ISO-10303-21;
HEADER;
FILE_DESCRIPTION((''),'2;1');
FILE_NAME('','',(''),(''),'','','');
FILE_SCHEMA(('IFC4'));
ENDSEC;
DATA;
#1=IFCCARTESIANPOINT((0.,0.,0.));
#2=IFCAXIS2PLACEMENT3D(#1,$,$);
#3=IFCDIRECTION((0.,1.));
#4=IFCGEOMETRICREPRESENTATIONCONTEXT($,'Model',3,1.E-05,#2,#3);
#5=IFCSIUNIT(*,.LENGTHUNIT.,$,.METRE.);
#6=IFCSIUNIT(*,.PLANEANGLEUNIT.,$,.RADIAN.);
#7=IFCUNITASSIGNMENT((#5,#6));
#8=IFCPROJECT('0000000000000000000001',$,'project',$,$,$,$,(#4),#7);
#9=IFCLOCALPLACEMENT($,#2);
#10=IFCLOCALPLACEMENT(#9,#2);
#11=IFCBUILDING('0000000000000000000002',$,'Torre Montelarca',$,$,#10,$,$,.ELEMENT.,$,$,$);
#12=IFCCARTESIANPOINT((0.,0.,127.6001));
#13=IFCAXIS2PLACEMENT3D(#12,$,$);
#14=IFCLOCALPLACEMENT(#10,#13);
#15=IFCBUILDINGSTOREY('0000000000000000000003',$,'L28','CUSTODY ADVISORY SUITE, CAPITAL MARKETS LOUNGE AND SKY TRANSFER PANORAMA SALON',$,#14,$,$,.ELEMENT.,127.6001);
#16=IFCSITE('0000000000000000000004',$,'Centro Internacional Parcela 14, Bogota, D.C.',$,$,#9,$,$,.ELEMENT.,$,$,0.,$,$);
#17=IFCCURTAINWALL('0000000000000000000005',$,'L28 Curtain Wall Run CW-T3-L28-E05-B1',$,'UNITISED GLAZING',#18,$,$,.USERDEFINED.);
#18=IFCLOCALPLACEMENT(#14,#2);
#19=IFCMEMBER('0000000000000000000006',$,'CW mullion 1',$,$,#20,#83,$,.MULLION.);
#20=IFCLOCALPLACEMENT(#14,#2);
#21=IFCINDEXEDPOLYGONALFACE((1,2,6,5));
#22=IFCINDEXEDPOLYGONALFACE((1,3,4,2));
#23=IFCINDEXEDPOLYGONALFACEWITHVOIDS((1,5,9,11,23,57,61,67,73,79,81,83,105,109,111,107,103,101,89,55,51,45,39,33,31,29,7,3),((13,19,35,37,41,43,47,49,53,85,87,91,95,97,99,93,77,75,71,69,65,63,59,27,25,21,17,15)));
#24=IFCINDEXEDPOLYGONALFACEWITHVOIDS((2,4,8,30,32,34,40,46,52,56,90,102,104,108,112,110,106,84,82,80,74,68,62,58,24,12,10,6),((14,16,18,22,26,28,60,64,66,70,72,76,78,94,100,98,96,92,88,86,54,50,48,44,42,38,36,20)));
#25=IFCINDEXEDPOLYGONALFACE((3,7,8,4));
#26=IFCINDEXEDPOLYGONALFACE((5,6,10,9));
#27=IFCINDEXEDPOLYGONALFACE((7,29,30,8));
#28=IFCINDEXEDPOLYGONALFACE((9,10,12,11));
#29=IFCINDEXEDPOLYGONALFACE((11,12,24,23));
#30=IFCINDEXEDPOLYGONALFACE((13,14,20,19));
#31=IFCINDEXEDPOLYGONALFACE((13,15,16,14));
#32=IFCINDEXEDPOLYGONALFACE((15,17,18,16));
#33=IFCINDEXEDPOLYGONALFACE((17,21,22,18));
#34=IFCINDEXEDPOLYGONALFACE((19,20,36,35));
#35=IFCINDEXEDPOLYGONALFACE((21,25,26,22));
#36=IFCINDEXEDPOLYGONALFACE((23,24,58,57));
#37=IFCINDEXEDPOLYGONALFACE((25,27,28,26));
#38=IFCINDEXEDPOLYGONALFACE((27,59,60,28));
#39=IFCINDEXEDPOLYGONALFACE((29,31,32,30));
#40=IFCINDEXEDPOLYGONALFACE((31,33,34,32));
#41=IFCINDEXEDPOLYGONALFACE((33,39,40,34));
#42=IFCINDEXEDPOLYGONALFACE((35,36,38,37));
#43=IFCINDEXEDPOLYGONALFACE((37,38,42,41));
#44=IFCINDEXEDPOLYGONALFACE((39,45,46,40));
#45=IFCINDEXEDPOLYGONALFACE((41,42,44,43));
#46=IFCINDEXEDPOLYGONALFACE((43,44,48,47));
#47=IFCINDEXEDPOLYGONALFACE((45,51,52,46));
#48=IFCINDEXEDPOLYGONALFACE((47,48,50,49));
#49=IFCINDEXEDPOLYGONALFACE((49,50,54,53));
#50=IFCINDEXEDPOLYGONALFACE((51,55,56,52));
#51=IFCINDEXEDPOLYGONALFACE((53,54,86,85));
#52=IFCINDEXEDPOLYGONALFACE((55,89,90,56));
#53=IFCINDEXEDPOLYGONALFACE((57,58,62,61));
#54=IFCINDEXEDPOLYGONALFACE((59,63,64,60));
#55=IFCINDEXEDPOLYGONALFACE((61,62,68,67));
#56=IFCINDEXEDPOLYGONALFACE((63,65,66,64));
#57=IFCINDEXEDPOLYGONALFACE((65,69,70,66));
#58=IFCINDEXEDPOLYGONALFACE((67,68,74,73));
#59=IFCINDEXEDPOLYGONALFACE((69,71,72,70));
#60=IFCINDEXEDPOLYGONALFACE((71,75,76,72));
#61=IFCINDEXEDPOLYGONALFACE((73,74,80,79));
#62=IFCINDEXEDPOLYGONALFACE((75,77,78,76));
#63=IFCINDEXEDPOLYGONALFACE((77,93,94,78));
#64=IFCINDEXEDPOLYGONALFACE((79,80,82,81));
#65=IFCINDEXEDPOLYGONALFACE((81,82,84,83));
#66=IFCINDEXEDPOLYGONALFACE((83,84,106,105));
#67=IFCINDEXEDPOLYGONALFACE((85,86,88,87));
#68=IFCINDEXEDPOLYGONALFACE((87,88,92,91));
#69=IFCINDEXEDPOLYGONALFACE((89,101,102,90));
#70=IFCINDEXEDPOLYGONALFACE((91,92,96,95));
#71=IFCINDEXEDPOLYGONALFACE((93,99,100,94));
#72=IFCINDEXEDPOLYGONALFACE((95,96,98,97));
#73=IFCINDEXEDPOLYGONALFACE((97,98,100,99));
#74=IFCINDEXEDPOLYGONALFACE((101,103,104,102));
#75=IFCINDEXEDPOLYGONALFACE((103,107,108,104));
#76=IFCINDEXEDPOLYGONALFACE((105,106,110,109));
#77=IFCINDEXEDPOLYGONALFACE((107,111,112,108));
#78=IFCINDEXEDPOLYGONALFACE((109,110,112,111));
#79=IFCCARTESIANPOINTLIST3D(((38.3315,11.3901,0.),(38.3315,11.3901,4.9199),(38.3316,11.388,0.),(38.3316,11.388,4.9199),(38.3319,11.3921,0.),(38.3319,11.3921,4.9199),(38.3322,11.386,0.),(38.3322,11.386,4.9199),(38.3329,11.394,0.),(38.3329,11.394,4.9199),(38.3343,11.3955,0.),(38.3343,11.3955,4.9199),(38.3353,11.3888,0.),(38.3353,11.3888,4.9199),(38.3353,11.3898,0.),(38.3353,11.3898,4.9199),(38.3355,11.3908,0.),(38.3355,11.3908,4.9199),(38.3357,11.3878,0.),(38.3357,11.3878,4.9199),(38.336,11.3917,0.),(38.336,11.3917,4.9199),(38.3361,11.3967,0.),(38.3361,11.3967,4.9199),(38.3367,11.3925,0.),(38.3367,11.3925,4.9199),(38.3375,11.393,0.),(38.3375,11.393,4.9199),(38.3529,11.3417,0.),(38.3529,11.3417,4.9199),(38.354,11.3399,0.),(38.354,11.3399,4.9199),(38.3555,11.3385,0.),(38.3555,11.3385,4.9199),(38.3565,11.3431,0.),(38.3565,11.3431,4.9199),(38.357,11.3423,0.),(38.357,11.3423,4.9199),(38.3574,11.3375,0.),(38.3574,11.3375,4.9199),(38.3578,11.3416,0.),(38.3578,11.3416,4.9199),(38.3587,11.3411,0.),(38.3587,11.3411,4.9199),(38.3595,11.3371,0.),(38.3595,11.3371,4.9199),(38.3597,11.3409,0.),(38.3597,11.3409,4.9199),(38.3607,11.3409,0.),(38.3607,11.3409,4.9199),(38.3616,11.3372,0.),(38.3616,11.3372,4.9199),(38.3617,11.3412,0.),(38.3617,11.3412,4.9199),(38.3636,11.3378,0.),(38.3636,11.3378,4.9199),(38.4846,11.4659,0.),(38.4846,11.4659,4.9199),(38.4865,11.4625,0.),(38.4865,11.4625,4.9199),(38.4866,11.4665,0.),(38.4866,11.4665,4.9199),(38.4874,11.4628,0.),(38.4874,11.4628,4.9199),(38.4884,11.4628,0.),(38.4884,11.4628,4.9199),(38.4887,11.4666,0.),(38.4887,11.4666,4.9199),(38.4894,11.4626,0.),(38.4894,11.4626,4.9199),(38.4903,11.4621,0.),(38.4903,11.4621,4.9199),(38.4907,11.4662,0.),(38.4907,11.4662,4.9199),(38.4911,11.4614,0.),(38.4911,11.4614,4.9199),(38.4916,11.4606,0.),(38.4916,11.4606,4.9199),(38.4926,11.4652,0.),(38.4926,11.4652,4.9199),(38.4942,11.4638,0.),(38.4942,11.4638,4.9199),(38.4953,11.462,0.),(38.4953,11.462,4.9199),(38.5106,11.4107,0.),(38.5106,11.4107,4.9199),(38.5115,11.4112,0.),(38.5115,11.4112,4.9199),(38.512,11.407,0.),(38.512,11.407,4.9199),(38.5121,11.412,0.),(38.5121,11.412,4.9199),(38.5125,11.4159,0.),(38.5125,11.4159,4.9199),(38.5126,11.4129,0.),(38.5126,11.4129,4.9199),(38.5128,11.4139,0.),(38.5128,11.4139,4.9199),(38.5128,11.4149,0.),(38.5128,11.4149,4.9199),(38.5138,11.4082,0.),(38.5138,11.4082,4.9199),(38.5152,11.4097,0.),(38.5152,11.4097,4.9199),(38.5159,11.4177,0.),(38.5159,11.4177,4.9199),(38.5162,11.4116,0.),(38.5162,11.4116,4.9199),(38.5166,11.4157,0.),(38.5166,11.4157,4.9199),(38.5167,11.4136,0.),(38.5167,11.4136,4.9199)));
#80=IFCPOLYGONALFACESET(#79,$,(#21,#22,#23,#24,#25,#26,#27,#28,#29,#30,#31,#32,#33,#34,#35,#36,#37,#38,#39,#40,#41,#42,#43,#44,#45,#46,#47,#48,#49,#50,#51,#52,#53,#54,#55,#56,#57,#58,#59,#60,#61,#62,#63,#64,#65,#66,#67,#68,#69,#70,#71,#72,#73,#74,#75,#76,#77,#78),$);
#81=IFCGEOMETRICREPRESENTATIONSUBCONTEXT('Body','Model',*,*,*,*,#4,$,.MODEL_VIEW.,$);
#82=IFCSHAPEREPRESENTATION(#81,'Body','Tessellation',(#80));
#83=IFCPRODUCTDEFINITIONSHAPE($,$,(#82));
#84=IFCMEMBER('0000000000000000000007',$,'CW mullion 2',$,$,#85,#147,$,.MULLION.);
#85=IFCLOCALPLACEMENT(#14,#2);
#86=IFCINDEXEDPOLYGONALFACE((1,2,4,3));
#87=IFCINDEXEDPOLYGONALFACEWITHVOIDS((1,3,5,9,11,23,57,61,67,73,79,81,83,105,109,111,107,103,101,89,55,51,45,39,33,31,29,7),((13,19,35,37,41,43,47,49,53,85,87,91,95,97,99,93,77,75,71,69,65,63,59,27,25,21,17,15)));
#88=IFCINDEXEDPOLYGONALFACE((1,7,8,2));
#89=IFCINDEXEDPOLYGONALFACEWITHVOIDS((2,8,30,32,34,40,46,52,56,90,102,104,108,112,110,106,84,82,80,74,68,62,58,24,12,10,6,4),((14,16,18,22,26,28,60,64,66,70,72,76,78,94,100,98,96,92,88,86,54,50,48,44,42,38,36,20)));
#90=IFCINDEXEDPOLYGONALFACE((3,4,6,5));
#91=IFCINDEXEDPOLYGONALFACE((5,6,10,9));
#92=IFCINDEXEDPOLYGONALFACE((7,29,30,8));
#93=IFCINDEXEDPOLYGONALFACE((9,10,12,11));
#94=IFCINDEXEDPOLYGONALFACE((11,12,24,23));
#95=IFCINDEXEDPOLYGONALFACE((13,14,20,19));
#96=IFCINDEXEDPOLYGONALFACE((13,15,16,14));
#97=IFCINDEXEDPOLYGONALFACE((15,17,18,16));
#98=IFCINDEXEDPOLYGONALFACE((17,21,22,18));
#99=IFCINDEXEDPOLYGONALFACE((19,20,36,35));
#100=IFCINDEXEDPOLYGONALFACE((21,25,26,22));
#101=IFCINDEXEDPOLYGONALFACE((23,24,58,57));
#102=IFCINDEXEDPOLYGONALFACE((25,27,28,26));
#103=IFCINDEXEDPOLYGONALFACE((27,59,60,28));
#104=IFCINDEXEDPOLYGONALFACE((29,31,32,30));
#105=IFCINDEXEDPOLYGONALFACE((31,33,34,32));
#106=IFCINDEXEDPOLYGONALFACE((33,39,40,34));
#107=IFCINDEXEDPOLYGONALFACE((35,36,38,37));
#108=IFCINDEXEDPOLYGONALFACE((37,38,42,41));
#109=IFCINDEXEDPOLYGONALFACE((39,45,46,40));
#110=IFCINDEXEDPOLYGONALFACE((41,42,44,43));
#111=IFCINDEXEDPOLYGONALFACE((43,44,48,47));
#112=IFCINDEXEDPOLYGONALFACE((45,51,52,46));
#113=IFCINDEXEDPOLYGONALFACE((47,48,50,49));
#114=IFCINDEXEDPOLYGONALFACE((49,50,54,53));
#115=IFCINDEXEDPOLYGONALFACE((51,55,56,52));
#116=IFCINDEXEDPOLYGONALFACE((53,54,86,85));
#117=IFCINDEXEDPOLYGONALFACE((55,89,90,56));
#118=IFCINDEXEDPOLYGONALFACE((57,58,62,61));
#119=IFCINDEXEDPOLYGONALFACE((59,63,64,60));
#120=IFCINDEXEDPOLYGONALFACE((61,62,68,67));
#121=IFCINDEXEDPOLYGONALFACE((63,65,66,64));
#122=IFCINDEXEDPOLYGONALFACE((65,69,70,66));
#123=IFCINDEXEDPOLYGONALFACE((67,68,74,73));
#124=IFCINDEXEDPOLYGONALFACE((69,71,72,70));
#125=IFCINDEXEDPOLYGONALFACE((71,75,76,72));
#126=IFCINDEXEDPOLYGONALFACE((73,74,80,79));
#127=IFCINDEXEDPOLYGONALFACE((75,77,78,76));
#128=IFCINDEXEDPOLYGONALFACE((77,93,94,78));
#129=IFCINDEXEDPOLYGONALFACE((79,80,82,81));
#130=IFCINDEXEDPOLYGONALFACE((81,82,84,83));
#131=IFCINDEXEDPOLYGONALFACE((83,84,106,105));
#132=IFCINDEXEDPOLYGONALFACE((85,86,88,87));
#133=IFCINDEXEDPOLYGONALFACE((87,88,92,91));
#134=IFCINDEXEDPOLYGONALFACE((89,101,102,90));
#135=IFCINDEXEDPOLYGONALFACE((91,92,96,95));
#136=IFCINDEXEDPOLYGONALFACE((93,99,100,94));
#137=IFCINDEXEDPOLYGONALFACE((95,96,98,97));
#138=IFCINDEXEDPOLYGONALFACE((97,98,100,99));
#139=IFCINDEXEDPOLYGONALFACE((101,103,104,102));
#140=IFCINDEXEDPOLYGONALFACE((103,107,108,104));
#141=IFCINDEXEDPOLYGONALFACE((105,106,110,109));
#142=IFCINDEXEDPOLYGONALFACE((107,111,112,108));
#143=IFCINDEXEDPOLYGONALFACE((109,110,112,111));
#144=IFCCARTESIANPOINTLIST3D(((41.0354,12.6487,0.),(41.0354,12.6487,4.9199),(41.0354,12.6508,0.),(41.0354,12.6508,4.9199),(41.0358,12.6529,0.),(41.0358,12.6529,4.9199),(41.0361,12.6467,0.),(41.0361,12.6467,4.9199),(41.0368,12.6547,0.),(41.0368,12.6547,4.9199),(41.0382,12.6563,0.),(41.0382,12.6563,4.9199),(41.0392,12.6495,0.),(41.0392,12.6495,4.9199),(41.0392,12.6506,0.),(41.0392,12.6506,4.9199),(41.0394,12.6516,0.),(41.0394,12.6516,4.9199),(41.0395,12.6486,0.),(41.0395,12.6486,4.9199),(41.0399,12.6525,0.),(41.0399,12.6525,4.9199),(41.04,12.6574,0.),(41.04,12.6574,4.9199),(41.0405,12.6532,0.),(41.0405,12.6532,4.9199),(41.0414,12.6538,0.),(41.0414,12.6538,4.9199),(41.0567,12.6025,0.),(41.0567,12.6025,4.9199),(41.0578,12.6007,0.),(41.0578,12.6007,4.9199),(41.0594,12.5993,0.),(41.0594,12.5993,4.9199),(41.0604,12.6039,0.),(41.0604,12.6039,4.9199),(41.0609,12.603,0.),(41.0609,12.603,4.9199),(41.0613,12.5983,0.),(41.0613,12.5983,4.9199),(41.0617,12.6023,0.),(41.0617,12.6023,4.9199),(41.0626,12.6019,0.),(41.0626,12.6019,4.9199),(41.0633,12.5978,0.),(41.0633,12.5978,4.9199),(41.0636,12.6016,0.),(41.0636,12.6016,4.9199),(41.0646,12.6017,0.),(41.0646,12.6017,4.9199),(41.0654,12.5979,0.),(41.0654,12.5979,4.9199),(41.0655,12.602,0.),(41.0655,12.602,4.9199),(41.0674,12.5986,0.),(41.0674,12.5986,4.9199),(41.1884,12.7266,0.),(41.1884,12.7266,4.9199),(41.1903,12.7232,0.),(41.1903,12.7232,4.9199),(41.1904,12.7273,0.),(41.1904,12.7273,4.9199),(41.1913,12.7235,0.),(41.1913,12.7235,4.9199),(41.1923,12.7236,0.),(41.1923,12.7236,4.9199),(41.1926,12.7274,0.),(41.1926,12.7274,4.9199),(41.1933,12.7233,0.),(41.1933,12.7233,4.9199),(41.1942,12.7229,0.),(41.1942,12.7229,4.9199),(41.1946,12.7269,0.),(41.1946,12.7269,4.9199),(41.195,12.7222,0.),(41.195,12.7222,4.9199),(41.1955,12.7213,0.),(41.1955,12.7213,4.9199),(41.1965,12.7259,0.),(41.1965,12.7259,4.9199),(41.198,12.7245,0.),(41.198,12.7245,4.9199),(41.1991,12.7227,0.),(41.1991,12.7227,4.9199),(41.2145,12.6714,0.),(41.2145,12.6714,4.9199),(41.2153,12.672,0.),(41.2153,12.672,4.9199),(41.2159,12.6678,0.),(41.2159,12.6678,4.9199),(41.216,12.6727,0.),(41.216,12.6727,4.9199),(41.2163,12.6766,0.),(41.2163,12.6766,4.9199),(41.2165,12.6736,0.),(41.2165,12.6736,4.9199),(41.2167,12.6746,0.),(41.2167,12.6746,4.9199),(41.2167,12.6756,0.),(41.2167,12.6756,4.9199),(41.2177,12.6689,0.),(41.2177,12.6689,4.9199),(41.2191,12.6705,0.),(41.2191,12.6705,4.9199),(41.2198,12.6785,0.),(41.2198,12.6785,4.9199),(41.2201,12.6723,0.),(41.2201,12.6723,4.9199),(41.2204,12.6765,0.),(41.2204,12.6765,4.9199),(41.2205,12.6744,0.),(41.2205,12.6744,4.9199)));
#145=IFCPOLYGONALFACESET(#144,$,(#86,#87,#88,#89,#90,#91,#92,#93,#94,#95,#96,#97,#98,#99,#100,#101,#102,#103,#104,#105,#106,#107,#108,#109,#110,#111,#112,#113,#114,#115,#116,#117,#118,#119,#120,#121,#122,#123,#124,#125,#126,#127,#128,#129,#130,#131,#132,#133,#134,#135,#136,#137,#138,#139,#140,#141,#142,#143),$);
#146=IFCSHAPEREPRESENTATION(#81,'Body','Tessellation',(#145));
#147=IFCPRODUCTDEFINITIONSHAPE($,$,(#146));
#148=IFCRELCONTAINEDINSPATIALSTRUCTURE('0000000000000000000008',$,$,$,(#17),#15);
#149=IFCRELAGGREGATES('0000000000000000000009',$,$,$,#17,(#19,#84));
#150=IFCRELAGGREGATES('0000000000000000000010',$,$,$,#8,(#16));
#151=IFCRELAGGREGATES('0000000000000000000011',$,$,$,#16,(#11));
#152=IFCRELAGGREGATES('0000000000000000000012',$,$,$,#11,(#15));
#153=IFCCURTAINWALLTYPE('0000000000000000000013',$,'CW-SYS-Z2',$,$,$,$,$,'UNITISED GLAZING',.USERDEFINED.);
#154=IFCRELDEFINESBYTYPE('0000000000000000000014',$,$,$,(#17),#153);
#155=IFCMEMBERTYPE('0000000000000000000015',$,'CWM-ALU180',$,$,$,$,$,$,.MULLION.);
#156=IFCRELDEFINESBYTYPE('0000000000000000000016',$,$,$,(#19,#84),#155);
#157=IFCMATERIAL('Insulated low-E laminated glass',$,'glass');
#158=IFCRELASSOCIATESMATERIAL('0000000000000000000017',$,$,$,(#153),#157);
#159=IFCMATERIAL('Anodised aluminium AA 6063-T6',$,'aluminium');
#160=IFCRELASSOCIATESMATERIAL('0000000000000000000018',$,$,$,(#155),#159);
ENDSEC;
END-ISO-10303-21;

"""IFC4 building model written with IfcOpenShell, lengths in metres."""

from ifc_helpers import new_model, si_unit, direction, frame, origin, origin_2d, place, context, subcontext, project, spatial, hollow_rectangle, extrude, source, transform, mapped, material, material_profile, profile_set, type_object, element, aggregate, save


model = new_model("IFC4")

# Units and contexts
model_context = context("Model", 3, precision=1e-05, world=origin(), true_north=direction((0.0, 1.0)))
body_context = subcontext(model_context, "Body", "Model", "MODEL_VIEW")
ifc_project = project(units=[si_unit("LENGTHUNIT", "METRE"), si_unit("PLANEANGLEUNIT", "RADIAN")], contexts=[model_context])

# Site, building, storey
site_placement = place(None, origin())
site = spatial("IfcSite", under=ifc_project, at=site_placement, Name="Centro Internacional Parcela 14, Bogota, D.C.", CompositionType="ELEMENT", RefElevation=0.0)
building_placement = place(site_placement, origin())
building = spatial("IfcBuilding", under=site, at=building_placement, Name="Torre Montelarca", CompositionType="ELEMENT")
storey_placement = place(building_placement, frame((0.0, 0.0, 127.6001)))
storey = spatial("IfcBuildingStorey", under=building, at=storey_placement, Name="L28", Description="CUSTODY ADVISORY SUITE, CAPITAL MARKETS LOUNGE AND SKY TRANSFER PANORAMA SALON", CompositionType="ELEMENT", Elevation=127.6001)

# Curtain wall
ifc_material_1 = material(Name="Insulated low-E laminated glass", Category="glass")
curtain_wall_type = type_object("IfcCurtainWallType", Name="CW-SYS-Z2", ElementType="UNITISED GLAZING", PredefinedType="USERDEFINED", material=ifc_material_1)
curtain_wall_1_placement = place(storey_placement, origin())
curtain_wall_1 = element("IfcCurtainWall", 1, at=curtain_wall_1_placement, inside=storey, type_object=curtain_wall_type, Name="L28 Curtain Wall Run CW-T3-L28-E05-B1", ObjectType="UNITISED GLAZING", PredefinedType="USERDEFINED")
ifc_material_2 = material(Name="Anodised aluminium AA 6063-T6", Category="aluminium")

# Shared definitions
ifc_material_profile_1 = material_profile(ifc_material_2, hollow_rectangle(XDim=0.0649, YDim=0.1799, WallThickness=0.0039, InnerFilletRadius=0.0039, OuterFilletRadius=0.0081, at=origin_2d()), Name="ALU65X180X4", Category="aluminium")
ifc_profile_set_1 = profile_set([ifc_material_profile_1], Name="Anodised aluminium AA 6063-T6")
member_type_1 = type_object("IfcMemberType", Name="CWM-ALU180", PredefinedType="MULLION", material=ifc_profile_set_1)
shared_shape_1 = source(origin(), body_context, "Body", "SweptSolid", [
    extrude(hollow_rectangle(XDim=0.0649, YDim=0.1799, WallThickness=0.0039, InnerFilletRadius=0.0039, OuterFilletRadius=0.0081, at=origin_2d()), origin(), (0.0, 0.0, 1.0), 4.9199),
])

# Members
member_1_placement = place(storey_placement, frame((38.4241, 11.4019, 0.0), z_axis=(0.0, 0.0, 1.0), x_axis=(-0.422598, 0.906317, 0.0)))
member_1 = element("IfcMember", 2, at=member_1_placement, type_object=member_type_1, Name="CW mullion 1", PredefinedType="MULLION", context=body_context, shape_type="MappedRepresentation", body=[
    mapped(shared_shape_1, transform((0.0, 0.0, 0.0), scale=1.0)),
])
member_2_placement = place(storey_placement, frame((41.1279, 12.6626, 0.0), z_axis=(0.0, 0.0, 1.0), x_axis=(-0.422598, 0.906317, 0.0)))
member_2 = element("IfcMember", 3, at=member_2_placement, type_object=member_type_1, Name="CW mullion 2", PredefinedType="MULLION", context=body_context, shape_type="MappedRepresentation", body=[
    mapped(shared_shape_1, transform((0.0, 0.0, 0.0), scale=1.0)),
])

aggregate(curtain_wall_1, [member_1, member_2])

save(model, "model.ifc")
